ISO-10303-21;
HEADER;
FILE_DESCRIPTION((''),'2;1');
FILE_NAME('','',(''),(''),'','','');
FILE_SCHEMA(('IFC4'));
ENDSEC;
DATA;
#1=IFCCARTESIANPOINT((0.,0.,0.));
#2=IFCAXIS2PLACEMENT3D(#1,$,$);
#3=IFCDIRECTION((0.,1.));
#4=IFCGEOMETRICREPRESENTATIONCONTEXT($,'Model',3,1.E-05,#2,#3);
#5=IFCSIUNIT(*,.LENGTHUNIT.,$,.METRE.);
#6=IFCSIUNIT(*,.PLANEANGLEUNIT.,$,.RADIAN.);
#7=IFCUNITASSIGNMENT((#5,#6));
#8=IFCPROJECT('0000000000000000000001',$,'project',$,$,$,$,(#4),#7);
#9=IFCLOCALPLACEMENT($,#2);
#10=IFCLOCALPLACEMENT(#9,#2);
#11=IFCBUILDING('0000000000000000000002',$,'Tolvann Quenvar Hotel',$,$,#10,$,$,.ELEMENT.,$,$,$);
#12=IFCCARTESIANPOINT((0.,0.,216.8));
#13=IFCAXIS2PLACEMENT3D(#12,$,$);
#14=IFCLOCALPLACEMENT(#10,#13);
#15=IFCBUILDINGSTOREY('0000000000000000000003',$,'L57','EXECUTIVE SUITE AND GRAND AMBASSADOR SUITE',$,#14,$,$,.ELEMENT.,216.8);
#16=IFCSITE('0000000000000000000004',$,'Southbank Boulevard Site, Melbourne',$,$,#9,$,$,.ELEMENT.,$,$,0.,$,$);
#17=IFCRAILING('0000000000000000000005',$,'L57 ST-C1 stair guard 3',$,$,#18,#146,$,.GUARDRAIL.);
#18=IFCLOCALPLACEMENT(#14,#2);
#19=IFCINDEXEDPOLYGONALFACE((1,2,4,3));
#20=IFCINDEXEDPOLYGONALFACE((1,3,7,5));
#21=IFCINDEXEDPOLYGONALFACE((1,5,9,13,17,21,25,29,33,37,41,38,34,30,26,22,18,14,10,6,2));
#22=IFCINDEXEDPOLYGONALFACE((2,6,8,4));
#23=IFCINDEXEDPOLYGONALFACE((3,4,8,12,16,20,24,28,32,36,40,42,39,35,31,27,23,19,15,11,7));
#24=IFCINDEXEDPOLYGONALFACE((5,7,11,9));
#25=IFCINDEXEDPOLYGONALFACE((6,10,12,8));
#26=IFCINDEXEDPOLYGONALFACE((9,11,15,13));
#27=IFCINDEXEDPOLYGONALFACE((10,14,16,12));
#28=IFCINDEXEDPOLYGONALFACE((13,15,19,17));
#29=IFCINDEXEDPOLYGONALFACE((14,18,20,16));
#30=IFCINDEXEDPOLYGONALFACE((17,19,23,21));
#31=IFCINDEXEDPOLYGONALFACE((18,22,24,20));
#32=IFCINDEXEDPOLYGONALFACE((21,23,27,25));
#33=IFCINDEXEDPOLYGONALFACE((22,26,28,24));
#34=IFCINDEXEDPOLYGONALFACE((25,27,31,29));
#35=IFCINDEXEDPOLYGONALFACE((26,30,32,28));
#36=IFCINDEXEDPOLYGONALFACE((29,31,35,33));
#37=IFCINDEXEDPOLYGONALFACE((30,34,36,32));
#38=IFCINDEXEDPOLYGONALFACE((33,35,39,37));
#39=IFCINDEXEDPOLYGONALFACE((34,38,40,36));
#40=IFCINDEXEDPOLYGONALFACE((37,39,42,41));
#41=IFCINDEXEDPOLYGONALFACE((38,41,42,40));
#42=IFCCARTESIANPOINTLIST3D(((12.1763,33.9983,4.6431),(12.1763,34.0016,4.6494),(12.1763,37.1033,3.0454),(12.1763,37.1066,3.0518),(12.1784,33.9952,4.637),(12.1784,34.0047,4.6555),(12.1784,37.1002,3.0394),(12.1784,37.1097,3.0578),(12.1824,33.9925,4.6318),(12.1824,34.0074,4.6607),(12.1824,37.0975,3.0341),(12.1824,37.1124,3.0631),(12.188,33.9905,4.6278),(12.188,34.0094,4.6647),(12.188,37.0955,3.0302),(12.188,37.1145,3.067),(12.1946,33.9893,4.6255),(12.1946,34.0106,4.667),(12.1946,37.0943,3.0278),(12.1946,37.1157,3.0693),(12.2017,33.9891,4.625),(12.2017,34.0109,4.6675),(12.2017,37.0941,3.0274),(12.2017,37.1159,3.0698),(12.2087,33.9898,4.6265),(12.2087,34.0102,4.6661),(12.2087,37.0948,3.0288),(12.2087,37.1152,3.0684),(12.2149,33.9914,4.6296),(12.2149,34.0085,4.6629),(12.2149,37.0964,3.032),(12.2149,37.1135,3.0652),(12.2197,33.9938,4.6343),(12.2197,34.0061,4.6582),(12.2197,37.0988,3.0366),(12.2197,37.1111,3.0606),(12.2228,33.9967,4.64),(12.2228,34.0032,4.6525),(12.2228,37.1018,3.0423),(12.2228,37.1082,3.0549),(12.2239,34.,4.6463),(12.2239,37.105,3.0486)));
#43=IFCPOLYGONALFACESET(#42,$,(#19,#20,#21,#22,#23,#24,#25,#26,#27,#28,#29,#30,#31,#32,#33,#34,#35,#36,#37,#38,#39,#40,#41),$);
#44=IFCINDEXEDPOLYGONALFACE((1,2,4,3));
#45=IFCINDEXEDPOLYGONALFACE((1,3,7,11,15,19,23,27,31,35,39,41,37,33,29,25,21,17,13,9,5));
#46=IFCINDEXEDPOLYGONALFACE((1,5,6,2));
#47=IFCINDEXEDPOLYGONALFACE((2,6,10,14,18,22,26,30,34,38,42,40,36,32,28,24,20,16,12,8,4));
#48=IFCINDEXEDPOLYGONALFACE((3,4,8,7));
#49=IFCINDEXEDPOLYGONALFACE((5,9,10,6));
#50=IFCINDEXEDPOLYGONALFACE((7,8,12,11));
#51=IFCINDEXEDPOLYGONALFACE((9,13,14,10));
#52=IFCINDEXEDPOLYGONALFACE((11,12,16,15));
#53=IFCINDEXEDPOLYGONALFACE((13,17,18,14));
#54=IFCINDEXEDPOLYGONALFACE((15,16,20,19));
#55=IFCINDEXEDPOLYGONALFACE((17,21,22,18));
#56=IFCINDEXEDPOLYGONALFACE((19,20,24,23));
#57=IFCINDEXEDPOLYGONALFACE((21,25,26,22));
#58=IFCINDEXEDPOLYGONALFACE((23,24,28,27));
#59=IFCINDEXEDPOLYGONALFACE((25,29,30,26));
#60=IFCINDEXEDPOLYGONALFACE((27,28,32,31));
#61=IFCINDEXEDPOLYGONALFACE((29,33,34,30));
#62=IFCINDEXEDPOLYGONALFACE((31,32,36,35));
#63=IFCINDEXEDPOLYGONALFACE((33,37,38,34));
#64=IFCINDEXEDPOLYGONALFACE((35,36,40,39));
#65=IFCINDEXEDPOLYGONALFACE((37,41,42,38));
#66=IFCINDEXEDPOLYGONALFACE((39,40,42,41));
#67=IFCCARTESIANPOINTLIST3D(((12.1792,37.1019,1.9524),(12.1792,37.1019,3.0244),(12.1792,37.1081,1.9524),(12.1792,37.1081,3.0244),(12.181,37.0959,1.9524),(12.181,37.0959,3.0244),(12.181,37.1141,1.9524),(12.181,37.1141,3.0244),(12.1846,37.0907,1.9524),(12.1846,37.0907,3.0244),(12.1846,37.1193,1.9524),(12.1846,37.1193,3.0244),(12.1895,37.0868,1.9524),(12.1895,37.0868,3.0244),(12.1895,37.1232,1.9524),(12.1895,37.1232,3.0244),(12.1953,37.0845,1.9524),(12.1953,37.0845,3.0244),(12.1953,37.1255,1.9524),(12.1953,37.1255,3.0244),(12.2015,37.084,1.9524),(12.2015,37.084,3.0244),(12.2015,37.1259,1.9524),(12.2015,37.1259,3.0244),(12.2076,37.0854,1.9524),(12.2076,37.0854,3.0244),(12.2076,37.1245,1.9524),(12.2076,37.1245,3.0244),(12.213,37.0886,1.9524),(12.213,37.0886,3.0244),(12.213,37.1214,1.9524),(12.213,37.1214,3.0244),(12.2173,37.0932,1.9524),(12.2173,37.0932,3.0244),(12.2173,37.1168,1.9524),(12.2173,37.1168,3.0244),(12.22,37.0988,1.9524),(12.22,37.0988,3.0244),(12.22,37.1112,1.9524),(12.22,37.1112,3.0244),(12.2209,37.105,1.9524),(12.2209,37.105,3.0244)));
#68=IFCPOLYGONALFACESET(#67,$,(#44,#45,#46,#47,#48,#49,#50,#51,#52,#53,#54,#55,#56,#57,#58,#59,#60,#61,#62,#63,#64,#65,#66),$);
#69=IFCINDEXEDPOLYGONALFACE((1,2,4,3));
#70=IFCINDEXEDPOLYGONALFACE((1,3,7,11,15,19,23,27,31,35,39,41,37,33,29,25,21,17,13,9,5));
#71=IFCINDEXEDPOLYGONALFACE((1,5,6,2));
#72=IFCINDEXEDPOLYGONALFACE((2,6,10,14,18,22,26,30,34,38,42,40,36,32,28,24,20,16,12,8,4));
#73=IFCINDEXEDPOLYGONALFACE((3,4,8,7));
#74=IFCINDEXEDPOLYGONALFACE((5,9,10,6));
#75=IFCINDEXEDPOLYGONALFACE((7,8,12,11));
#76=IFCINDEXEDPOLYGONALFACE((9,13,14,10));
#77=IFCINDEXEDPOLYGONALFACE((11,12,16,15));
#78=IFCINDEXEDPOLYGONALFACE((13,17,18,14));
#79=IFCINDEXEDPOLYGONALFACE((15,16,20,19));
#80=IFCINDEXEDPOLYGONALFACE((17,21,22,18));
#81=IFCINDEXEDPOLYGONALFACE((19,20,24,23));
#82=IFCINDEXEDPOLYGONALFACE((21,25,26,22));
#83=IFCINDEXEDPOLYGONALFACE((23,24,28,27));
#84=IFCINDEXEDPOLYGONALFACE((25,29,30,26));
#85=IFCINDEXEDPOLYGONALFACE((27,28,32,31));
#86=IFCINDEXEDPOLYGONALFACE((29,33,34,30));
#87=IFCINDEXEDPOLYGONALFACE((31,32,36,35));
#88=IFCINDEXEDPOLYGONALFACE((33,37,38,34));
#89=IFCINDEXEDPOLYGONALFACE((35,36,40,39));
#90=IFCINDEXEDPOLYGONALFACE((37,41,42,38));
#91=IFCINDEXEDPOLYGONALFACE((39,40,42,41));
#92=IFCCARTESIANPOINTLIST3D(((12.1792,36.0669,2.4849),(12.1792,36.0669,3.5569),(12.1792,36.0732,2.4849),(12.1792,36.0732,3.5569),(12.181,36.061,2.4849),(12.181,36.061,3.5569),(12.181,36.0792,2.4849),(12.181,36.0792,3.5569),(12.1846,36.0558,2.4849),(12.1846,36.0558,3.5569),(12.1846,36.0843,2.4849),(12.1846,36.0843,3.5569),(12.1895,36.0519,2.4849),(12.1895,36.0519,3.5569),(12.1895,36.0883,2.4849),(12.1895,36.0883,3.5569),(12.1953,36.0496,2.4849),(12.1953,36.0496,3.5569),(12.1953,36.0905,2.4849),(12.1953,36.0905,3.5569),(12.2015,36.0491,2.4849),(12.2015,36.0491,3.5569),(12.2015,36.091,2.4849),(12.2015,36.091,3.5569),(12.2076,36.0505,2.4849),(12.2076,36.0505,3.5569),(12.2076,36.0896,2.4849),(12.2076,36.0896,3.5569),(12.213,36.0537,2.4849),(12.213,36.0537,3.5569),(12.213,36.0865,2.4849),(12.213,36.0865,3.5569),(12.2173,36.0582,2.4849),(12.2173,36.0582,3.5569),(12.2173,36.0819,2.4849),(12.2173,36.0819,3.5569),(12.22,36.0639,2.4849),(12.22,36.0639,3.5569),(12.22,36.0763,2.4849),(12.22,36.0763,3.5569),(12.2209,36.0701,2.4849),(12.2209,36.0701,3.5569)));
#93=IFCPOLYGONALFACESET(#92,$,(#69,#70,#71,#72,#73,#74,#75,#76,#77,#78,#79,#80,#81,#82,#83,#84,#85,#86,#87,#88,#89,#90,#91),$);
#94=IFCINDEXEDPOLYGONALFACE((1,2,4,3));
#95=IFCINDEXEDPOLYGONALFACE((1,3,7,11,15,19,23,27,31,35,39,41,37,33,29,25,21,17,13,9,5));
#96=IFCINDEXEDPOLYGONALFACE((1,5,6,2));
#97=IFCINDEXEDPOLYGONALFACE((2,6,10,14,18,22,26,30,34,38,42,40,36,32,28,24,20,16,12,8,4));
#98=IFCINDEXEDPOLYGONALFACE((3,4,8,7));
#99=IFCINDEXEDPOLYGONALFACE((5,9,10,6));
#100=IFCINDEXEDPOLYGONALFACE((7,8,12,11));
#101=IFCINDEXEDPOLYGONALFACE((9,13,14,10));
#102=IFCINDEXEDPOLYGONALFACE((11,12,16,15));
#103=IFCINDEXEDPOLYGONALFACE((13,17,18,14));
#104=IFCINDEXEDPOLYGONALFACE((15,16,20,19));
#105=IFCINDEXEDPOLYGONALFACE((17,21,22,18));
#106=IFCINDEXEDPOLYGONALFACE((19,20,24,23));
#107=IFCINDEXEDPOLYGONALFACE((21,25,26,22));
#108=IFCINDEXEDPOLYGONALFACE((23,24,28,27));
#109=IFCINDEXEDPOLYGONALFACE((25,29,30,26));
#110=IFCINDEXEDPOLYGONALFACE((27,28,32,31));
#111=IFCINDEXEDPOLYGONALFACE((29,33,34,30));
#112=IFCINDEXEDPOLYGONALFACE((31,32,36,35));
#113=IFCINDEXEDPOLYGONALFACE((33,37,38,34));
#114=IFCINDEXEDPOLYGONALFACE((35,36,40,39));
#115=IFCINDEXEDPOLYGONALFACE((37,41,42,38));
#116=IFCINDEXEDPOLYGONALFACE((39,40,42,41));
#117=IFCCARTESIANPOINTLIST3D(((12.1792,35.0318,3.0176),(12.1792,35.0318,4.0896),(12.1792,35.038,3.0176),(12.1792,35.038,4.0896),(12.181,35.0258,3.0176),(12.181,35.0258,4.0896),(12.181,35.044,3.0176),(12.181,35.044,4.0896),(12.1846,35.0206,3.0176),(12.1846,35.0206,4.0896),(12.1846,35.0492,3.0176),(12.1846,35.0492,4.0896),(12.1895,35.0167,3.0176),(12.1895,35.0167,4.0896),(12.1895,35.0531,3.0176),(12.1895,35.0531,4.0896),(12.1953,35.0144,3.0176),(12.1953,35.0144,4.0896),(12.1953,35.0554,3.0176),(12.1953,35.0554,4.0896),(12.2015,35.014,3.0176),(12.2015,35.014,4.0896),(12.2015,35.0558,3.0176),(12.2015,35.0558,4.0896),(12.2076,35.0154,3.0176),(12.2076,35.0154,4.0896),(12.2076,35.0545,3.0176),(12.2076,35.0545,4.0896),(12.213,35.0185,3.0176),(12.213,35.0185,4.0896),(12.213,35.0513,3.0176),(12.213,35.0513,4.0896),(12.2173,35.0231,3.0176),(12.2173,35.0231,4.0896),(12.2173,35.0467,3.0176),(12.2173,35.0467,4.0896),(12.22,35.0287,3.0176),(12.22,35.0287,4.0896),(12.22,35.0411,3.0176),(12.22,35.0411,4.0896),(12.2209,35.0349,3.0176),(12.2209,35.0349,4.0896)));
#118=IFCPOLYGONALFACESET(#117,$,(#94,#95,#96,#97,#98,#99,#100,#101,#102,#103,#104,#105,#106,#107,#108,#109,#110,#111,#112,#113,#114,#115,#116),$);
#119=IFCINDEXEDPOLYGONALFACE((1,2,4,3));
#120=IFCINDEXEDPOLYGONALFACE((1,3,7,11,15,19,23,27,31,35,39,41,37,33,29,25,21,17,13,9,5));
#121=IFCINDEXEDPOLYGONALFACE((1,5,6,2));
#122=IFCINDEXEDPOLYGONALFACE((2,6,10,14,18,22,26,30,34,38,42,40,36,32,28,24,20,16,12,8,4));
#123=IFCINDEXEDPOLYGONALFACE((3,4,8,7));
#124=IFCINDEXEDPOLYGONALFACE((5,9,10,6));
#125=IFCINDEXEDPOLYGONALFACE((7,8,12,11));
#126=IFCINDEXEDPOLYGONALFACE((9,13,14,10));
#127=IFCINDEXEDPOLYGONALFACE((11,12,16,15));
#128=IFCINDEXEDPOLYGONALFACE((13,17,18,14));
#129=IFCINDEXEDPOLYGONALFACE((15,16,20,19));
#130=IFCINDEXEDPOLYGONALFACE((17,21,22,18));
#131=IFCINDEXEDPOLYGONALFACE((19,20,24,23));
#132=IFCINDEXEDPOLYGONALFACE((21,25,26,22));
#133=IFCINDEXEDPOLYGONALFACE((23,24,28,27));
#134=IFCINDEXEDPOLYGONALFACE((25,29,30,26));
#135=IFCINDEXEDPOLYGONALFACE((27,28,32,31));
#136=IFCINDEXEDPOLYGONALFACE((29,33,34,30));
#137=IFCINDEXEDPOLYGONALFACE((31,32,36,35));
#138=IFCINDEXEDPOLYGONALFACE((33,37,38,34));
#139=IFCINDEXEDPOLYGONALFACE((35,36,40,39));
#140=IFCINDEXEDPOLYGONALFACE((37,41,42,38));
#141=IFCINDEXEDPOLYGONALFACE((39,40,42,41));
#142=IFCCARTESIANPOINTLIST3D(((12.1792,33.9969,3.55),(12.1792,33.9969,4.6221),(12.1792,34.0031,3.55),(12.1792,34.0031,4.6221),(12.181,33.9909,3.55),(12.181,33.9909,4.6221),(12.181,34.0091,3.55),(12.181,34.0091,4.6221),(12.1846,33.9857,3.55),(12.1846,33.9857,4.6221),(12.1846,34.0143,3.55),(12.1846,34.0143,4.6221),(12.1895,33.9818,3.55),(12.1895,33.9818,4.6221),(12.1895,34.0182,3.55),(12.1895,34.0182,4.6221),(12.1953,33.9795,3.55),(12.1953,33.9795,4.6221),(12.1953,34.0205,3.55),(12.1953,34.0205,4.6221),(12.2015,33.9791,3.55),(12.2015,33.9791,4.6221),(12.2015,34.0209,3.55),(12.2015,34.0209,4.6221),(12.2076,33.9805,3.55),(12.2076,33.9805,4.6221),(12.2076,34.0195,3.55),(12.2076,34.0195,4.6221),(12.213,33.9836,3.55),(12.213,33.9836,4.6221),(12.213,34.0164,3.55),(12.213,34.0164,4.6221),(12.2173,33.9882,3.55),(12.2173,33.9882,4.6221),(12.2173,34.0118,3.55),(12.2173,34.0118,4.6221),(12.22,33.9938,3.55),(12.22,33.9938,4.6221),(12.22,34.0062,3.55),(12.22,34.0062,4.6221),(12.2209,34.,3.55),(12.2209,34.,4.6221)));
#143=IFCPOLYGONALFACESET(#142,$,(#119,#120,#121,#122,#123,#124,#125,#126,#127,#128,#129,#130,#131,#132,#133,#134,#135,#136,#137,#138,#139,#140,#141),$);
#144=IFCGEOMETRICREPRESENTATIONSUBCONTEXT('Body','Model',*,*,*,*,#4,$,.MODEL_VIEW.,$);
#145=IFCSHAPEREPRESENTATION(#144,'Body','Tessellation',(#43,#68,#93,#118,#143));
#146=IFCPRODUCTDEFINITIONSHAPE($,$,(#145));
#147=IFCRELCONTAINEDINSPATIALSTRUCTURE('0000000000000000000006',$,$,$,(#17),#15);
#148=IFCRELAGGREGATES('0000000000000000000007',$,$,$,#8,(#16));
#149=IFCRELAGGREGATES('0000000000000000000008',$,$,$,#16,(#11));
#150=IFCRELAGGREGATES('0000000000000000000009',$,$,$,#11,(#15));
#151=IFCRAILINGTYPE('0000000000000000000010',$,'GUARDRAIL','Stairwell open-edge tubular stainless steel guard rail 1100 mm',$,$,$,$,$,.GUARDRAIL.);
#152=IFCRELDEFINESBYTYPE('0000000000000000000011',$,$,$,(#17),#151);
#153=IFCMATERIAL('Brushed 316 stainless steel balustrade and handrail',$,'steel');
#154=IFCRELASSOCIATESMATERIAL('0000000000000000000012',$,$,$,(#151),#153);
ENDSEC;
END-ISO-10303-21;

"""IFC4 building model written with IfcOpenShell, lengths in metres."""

from ifc_helpers import new_model, si_unit, direction, frame, origin, origin_2d, place, context, subcontext, project, spatial, circle, extrude, material, type_object, element, save


model = new_model("IFC4")

# Units and contexts
model_context = context("Model", 3, precision=1e-05, world=origin(), true_north=direction((0.0, 1.0)))
body_context = subcontext(model_context, "Body", "Model", "MODEL_VIEW")
ifc_project = project(units=[si_unit("LENGTHUNIT", "METRE"), si_unit("PLANEANGLEUNIT", "RADIAN")], contexts=[model_context])

# Site, building, storey
site_placement = place(None, origin())
site = spatial("IfcSite", under=ifc_project, at=site_placement, Name="Southbank Boulevard Site, Melbourne", CompositionType="ELEMENT", RefElevation=0.0)
building_placement = place(site_placement, origin())
building = spatial("IfcBuilding", under=site, at=building_placement, Name="Tolvann Quenvar Hotel", CompositionType="ELEMENT")
storey_placement = place(building_placement, frame((0.0, 0.0, 216.8)))
storey = spatial("IfcBuildingStorey", under=building, at=storey_placement, Name="L57", Description="EXECUTIVE SUITE AND GRAND AMBASSADOR SUITE", CompositionType="ELEMENT", Elevation=216.8)

# Railing
ifc_material_1 = material(Name="Brushed 316 stainless steel balustrade and handrail", Category="steel")
railing_type_1 = type_object("IfcRailingType", Name="GUARDRAIL", Description="Stairwell open-edge tubular stainless steel guard rail 1100 mm", PredefinedType="GUARDRAIL", material=ifc_material_1)
railing_1_placement = place(storey_placement, frame((12.2, 37.105, 1.9524)))
element("IfcRailing", 1, at=railing_1_placement, inside=storey, type_object=railing_type_1, Name="L57 ST-C1 stair guard 3", PredefinedType="GUARDRAIL", context=body_context, shape_type="SweptSolid", body=[
    extrude(circle(Radius=0.0239, at=origin_2d()), frame((0.0, 0.0, 1.0962), z_axis=(0.0, -0.889194, 0.457531), x_axis=(1.0, 0.0, 0.0)), (0.0, 0.0, 1.0), 3.4919),
    extrude(circle(Radius=0.021, at=origin_2d()), origin(), (0.0, 0.0, 1.0), 1.072),
    extrude(circle(Radius=0.021, at=origin_2d()), frame((0.0, -1.0349, 0.5325)), (0.0, 0.0, 1.0), 1.072),
    extrude(circle(Radius=0.021, at=origin_2d()), frame((0.0, -2.0701, 1.0652)), (0.0, 0.0, 1.0), 1.072),
    extrude(circle(Radius=0.021, at=origin_2d()), frame((0.0, -3.105, 1.5977)), (0.0, 0.0, 1.0), 1.072),
])

save(model, "model.ifc")
